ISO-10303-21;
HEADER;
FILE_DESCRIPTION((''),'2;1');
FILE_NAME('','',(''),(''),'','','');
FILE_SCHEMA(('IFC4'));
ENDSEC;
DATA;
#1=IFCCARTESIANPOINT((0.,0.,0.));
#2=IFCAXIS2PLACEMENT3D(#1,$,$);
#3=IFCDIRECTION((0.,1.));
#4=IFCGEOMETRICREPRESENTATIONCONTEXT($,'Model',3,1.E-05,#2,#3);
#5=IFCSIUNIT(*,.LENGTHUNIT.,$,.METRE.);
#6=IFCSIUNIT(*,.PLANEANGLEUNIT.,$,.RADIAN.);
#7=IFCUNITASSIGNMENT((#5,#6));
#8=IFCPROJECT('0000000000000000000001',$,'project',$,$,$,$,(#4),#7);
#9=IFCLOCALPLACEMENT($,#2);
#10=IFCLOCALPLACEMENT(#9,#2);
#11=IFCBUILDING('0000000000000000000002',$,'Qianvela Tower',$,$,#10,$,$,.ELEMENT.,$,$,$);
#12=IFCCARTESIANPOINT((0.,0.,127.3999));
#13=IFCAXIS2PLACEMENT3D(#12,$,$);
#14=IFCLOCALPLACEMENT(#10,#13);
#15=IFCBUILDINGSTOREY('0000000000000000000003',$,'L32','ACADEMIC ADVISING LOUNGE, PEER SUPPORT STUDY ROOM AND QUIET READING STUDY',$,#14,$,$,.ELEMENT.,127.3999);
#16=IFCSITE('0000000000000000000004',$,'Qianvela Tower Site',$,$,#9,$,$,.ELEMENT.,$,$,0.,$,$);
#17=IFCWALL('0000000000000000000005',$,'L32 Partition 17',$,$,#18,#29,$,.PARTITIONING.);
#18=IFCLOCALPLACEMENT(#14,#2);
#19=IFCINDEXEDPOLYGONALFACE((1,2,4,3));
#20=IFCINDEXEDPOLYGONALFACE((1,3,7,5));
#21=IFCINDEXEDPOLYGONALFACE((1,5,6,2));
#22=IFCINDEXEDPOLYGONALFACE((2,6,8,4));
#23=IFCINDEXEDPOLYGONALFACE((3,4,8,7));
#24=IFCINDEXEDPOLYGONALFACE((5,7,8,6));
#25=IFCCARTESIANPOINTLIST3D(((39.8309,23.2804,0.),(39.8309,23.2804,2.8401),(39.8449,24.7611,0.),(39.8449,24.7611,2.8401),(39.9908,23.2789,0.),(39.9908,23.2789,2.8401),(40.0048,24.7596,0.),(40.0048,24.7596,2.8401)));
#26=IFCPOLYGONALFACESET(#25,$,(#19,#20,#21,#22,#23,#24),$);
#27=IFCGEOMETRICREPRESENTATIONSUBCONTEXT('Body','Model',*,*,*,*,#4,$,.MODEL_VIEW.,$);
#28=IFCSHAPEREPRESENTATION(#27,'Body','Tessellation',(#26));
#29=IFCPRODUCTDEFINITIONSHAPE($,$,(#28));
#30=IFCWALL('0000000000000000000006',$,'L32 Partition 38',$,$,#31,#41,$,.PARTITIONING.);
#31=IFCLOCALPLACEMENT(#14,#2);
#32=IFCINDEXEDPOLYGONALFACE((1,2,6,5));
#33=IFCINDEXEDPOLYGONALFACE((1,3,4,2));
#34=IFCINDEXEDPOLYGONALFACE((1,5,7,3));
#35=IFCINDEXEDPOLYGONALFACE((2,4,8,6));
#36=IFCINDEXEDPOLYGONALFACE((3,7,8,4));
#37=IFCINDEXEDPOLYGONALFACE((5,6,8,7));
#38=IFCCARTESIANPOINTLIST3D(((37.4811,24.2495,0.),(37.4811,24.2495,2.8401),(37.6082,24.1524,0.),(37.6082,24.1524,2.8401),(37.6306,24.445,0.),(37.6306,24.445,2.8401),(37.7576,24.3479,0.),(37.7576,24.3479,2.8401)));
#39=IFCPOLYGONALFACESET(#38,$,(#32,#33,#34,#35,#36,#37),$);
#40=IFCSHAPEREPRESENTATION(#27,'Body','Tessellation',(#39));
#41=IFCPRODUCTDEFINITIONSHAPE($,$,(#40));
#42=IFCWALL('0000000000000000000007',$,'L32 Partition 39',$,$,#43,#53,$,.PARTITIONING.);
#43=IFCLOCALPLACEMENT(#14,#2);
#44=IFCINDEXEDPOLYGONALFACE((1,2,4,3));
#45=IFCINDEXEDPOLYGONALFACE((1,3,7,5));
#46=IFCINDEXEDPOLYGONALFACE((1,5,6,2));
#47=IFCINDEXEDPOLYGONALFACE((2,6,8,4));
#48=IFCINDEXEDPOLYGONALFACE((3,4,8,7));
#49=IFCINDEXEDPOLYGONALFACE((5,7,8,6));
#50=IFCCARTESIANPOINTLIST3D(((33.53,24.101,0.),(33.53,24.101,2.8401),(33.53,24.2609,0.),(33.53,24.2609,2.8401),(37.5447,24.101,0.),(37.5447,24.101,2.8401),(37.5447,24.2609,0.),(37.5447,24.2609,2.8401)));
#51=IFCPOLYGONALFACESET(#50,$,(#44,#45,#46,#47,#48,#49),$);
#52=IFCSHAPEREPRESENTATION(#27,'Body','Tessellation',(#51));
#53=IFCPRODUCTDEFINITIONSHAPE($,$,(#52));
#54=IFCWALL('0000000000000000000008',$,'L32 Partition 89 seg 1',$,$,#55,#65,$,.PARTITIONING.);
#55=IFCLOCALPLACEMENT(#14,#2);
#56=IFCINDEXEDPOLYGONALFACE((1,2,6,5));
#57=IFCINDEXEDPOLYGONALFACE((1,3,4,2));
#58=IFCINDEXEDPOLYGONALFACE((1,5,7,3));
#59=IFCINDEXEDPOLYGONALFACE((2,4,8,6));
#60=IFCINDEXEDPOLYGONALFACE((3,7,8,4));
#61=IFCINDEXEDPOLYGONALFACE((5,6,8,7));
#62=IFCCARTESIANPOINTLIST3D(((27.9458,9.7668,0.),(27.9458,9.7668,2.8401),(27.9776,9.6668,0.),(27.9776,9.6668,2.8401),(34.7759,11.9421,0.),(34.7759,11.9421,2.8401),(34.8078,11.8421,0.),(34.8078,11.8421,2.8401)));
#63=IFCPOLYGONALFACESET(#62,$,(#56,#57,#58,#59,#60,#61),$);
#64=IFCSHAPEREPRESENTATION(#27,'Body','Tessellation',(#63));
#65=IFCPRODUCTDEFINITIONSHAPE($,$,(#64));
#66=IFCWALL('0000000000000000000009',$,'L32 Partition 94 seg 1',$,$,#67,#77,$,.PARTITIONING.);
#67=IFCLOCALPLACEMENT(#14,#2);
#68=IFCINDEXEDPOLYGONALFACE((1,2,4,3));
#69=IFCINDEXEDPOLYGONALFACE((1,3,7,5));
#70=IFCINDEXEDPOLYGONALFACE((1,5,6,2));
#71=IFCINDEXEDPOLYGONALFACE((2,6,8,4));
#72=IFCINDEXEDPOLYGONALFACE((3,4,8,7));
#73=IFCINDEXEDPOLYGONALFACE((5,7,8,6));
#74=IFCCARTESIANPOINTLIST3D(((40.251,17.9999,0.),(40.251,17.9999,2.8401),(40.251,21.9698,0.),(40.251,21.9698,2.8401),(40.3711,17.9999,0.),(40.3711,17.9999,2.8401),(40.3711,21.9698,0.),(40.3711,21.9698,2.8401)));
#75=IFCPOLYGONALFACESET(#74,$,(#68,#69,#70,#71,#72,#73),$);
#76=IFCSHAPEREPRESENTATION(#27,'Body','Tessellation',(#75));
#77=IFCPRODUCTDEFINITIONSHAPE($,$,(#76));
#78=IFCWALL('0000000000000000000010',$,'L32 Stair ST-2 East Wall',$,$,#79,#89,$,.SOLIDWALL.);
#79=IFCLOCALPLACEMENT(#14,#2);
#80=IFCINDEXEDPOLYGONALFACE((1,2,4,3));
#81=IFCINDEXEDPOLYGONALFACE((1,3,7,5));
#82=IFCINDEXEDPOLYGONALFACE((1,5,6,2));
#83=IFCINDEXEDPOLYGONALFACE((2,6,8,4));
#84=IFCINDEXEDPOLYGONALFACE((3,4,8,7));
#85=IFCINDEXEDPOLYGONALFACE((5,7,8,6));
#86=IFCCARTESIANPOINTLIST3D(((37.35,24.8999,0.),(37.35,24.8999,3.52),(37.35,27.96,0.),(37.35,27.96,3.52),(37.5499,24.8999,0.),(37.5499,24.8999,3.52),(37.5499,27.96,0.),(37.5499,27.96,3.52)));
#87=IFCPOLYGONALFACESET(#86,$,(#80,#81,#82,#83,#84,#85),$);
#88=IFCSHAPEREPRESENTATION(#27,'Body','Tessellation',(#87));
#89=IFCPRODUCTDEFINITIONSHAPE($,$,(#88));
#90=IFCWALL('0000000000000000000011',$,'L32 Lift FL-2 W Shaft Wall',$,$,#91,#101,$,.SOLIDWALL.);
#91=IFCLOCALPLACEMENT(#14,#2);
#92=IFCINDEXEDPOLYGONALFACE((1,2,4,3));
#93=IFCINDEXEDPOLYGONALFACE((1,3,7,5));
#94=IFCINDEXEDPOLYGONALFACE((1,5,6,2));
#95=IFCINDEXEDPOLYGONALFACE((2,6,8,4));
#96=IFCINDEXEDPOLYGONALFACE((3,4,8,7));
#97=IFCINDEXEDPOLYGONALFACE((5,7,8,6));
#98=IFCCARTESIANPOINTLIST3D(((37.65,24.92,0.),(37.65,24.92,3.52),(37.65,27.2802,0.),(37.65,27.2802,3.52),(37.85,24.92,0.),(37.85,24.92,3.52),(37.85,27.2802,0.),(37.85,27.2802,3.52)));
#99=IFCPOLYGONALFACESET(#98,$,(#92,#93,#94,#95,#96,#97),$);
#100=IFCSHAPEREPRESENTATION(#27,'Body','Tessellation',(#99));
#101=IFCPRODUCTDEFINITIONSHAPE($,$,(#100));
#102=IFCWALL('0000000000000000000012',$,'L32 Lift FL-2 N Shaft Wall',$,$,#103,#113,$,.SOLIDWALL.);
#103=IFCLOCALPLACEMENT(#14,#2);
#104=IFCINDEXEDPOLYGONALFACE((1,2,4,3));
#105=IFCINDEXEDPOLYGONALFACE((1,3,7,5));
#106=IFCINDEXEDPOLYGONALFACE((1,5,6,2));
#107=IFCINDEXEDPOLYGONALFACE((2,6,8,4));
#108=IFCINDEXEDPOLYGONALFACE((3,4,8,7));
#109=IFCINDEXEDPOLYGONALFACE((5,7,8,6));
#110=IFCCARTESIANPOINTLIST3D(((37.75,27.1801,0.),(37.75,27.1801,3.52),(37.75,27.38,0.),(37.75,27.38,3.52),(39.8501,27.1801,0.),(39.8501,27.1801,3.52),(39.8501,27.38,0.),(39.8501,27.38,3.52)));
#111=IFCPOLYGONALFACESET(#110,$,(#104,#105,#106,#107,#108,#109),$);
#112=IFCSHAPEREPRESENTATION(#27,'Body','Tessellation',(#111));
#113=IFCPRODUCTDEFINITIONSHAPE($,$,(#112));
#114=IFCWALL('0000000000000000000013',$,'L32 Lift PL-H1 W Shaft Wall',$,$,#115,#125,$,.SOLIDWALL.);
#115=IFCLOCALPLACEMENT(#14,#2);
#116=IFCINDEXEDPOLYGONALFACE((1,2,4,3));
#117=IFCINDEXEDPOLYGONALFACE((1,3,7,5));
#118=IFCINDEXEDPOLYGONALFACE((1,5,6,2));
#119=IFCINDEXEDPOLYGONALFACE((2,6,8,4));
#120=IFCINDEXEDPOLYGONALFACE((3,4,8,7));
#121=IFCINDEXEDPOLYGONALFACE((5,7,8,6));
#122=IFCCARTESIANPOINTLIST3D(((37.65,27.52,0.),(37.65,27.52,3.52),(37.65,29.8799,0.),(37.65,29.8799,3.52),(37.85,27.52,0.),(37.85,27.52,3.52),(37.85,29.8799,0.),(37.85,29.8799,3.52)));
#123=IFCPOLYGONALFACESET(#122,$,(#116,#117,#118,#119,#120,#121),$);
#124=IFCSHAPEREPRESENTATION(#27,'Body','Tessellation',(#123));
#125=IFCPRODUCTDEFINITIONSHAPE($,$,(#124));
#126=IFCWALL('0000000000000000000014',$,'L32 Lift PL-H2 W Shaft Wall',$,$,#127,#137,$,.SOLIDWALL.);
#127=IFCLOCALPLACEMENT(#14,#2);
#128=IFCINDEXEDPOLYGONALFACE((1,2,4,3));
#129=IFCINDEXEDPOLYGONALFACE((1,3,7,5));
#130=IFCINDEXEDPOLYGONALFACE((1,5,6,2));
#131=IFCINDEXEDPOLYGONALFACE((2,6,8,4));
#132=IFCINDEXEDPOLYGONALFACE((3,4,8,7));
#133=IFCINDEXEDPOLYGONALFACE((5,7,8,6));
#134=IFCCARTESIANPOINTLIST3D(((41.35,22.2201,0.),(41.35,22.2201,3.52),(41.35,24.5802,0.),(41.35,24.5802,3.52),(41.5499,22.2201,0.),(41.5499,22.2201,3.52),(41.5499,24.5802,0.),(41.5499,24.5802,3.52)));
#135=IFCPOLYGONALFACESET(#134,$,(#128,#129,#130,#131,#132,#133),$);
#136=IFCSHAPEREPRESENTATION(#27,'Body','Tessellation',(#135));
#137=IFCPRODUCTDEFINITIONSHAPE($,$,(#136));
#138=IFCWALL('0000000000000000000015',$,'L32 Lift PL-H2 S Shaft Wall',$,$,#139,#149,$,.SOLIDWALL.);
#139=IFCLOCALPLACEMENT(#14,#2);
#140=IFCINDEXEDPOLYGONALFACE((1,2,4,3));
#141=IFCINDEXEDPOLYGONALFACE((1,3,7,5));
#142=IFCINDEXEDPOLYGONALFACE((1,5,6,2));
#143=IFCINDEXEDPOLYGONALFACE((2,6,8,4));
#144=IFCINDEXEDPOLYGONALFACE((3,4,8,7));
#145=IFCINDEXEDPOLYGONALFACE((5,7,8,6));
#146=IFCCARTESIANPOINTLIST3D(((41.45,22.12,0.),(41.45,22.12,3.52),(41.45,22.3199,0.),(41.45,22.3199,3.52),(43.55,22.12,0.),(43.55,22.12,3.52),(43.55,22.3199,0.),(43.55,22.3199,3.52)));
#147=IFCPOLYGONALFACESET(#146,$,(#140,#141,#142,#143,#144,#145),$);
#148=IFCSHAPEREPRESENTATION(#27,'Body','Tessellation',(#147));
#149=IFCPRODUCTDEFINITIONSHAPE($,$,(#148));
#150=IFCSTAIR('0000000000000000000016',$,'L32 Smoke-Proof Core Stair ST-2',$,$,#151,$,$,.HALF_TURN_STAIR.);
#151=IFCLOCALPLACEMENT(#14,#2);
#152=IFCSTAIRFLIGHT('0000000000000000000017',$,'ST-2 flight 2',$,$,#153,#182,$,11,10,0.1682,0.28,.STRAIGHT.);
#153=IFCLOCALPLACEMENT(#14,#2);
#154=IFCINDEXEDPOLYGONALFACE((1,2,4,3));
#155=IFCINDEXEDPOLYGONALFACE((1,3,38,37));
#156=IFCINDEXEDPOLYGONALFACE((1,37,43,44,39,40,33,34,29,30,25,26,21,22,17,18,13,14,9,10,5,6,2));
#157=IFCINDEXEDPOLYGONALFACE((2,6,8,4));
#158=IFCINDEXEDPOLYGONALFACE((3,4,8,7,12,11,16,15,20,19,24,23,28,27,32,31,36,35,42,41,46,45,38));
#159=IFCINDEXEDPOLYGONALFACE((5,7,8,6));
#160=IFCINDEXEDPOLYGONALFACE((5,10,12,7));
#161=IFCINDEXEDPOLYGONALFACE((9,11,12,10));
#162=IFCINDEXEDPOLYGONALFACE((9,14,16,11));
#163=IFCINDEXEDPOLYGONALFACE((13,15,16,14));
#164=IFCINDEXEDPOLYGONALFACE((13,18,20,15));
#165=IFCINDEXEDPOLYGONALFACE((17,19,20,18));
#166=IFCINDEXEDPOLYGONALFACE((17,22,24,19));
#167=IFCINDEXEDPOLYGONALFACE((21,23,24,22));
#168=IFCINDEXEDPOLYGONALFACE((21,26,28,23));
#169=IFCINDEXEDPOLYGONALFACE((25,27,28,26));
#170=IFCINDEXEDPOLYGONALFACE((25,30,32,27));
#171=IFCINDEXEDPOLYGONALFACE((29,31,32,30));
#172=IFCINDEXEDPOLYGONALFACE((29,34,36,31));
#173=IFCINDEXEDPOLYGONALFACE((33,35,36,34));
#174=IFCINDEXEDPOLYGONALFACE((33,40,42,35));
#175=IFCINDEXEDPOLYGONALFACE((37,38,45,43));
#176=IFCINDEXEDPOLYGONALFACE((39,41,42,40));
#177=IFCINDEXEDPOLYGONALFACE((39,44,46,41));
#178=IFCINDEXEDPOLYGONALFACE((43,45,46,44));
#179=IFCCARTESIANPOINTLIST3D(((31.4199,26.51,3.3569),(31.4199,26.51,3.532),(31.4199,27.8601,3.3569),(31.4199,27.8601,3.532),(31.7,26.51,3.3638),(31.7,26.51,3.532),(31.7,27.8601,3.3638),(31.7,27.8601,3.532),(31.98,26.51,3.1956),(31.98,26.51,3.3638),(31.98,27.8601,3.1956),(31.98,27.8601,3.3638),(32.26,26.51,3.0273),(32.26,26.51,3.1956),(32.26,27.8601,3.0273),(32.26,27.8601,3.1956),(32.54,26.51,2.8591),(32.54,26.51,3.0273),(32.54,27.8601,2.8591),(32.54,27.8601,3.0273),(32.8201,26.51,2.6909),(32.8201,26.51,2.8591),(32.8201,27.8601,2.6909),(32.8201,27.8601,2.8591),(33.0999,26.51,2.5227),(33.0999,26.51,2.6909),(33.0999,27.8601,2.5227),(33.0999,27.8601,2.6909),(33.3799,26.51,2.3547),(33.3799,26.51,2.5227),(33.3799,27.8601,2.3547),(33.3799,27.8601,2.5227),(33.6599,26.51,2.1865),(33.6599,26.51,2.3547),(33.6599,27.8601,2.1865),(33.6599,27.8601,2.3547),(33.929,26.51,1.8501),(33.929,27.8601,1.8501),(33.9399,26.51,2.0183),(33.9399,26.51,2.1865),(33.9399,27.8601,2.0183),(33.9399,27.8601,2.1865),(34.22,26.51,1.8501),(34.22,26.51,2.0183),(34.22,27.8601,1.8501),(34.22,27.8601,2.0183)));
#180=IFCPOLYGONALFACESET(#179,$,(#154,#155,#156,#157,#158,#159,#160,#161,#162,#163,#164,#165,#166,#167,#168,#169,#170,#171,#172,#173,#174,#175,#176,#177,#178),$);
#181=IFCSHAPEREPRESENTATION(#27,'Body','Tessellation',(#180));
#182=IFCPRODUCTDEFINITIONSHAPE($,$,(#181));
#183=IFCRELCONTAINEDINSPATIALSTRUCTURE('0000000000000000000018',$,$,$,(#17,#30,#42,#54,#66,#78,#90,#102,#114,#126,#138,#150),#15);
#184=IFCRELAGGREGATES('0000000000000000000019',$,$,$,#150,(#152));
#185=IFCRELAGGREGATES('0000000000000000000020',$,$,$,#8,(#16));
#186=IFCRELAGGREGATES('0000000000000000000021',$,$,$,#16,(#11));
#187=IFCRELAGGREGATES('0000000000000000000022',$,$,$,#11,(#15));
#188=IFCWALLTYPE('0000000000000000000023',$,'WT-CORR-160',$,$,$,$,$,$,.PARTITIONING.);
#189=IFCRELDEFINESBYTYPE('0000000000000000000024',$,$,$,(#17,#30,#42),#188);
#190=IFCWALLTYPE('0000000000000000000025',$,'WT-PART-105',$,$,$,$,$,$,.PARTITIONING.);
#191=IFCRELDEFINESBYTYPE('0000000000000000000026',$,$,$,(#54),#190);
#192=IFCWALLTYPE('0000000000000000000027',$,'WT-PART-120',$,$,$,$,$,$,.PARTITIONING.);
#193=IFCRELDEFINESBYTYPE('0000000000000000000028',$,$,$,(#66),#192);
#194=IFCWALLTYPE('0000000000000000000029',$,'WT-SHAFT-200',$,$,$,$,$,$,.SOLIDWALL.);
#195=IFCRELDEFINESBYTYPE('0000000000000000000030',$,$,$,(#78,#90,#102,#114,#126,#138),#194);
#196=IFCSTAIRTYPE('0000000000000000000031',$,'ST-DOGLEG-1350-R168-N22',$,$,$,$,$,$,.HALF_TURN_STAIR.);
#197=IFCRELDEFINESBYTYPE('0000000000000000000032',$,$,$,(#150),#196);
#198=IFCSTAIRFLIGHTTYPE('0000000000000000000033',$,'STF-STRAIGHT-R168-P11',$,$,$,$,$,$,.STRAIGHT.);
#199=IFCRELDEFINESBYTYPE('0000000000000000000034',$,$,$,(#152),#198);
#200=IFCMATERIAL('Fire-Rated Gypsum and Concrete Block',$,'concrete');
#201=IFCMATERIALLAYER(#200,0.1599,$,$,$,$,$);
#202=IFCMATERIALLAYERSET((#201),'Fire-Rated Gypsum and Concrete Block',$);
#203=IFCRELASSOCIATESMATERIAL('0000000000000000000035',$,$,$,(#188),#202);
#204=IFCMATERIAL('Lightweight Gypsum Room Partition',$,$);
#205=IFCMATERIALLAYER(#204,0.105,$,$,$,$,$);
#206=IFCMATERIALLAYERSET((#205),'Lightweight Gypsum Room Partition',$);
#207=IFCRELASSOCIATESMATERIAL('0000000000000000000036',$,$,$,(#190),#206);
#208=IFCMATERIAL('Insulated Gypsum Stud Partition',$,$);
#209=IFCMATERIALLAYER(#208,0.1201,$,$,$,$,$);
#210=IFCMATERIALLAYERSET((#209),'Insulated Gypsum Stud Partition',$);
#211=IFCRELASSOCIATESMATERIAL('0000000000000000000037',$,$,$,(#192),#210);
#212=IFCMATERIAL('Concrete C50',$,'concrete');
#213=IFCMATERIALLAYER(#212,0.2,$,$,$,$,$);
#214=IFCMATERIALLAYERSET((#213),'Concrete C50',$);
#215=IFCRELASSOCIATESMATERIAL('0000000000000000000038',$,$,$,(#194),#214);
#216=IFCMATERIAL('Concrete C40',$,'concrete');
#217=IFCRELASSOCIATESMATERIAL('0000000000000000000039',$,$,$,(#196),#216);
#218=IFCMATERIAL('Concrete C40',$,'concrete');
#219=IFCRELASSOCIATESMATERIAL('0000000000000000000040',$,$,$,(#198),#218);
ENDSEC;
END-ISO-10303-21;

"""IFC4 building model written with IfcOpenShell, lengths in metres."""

from ifc_helpers import new_model, si_unit, direction, frame, frame_2d, origin, place, context, subcontext, project, spatial, polyline, rectangle, outline, extrude, material, layer, layer_set, type_object, element, aggregate, save


model = new_model("IFC4")

# Units and contexts
model_context = context("Model", 3, precision=1e-05, world=origin(), true_north=direction((0.0, 1.0)))
body_context = subcontext(model_context, "Body", "Model", "MODEL_VIEW")
ifc_project = project(units=[si_unit("LENGTHUNIT", "METRE"), si_unit("PLANEANGLEUNIT", "RADIAN")], contexts=[model_context])

# Site, building, storey
site_placement = place(None, origin())
site = spatial("IfcSite", under=ifc_project, at=site_placement, Name="Qianvela Tower Site", CompositionType="ELEMENT", RefElevation=0.0)
building_placement = place(site_placement, origin())
building = spatial("IfcBuilding", under=site, at=building_placement, Name="Qianvela Tower", CompositionType="ELEMENT")
storey_placement = place(building_placement, frame((0.0, 0.0, 127.3999)))
storey = spatial("IfcBuildingStorey", under=building, at=storey_placement, Name="L32", Description="ACADEMIC ADVISING LOUNGE, PEER SUPPORT STUDY ROOM AND QUIET READING STUDY", CompositionType="ELEMENT", Elevation=127.3999)

# Walls
ifc_material_1 = material(Name="Fire-Rated Gypsum and Concrete Block", Category="concrete")
ifc_layer_1 = layer(ifc_material_1, 0.1599)
ifc_layer_set_1 = layer_set([ifc_layer_1], Name="Fire-Rated Gypsum and Concrete Block")
wall_type_1 = type_object("IfcWallType", Name="WT-CORR-160", PredefinedType="PARTITIONING", material=ifc_layer_set_1)
wall_1_placement = place(storey_placement, frame((39.9109, 23.2798, 0.0), z_axis=(0.0, 0.0, 1.0), x_axis=(0.009398, 0.999956, 0.0)))
element("IfcWall", 1, at=wall_1_placement, inside=storey, type_object=wall_type_1, Name="L32 Partition 17", PredefinedType="PARTITIONING", context=body_context, shape_type="SweptSolid", body=[
    extrude(rectangle(XDim=1.4807, YDim=0.1599, at=frame_2d((0.7402, 0.0))), origin(), (0.0, 0.0, 1.0), 2.8401),
])
wall_2_placement = place(storey_placement, frame((37.6941, 24.3965, 0.0), z_axis=(0.0, 0.0, 1.0), x_axis=(-0.607119, -0.794611, 0.0)))
element("IfcWall", 2, at=wall_2_placement, inside=storey, type_object=wall_type_1, Name="L32 Partition 38", PredefinedType="PARTITIONING", context=body_context, shape_type="SweptSolid", body=[
    extrude(rectangle(XDim=0.2461, YDim=0.1599, at=frame_2d((0.123, 0.0))), origin(), (0.0, 0.0, 1.0), 2.8401),
])
wall_3_placement = place(storey_placement, frame((37.5447, 24.1809, 0.0), z_axis=(0.0, 0.0, 1.0), x_axis=(-1.0, 0.0, 0.0)))
element("IfcWall", 3, at=wall_3_placement, inside=storey, type_object=wall_type_1, Name="L32 Partition 39", PredefinedType="PARTITIONING", context=body_context, shape_type="SweptSolid", body=[
    extrude(rectangle(XDim=4.0146, YDim=0.1599, at=frame_2d((2.0073, 0.0))), origin(), (0.0, 0.0, 1.0), 2.8401),
])
ifc_material_2 = material(Name="Lightweight Gypsum Room Partition")
ifc_layer_2 = layer(ifc_material_2, 0.105)
ifc_layer_set_2 = layer_set([ifc_layer_2], Name="Lightweight Gypsum Room Partition")
wall_type_2 = type_object("IfcWallType", Name="WT-PART-105", PredefinedType="PARTITIONING", material=ifc_layer_set_2)
wall_4_placement = place(storey_placement, frame((34.7917, 11.8921, 0.0), z_axis=(0.0, 0.0, 1.0), x_axis=(-0.952842, -0.303468, 0.0)))
element("IfcWall", 4, at=wall_4_placement, inside=storey, type_object=wall_type_2, Name="L32 Partition 89 seg 1", PredefinedType="PARTITIONING", context=body_context, shape_type="SweptSolid", body=[
    extrude(rectangle(XDim=7.1682, YDim=0.105, at=frame_2d((3.584, 0.0))), origin(), (0.0, 0.0, 1.0), 2.8401),
])
ifc_material_3 = material(Name="Insulated Gypsum Stud Partition")
ifc_layer_3 = layer(ifc_material_3, 0.1201)
ifc_layer_set_3 = layer_set([ifc_layer_3], Name="Insulated Gypsum Stud Partition")
wall_type_3 = type_object("IfcWallType", Name="WT-PART-120", PredefinedType="PARTITIONING", material=ifc_layer_set_3)
wall_5_placement = place(storey_placement, frame((40.311, 18.0, 0.0), z_axis=(0.0, 0.0, 1.0), x_axis=(0.0, 1.0, 0.0)))
element("IfcWall", 5, at=wall_5_placement, inside=storey, type_object=wall_type_3, Name="L32 Partition 94 seg 1", PredefinedType="PARTITIONING", context=body_context, shape_type="SweptSolid", body=[
    extrude(rectangle(XDim=3.97, YDim=0.1201, at=frame_2d((1.9849, 0.0))), origin(), (0.0, 0.0, 1.0), 2.8401),
])
ifc_material_4 = material(Name="Concrete C50", Category="concrete")
ifc_layer_4 = layer(ifc_material_4, 0.2)
ifc_layer_set_4 = layer_set([ifc_layer_4], Name="Concrete C50")
wall_type_4 = type_object("IfcWallType", Name="WT-SHAFT-200", PredefinedType="SOLIDWALL", material=ifc_layer_set_4)
wall_6_placement = place(storey_placement, frame((37.45, 24.8999, 0.0), z_axis=(0.0, 0.0, 1.0), x_axis=(0.0, 1.0, 0.0)))
element("IfcWall", 6, at=wall_6_placement, inside=storey, type_object=wall_type_4, Name="L32 Stair ST-2 East Wall", PredefinedType="SOLIDWALL", context=body_context, shape_type="SweptSolid", body=[
    extrude(rectangle(XDim=3.0601, YDim=0.2, at=frame_2d((1.53, 0.0))), origin(), (0.0, 0.0, 1.0), 3.52),
])

# Walls
wall_7_placement = place(storey_placement, frame((37.75, 24.9199, 0.0), z_axis=(0.0, 0.0, 1.0), x_axis=(0.0, 1.0, 0.0)))
element("IfcWall", 7, at=wall_7_placement, inside=storey, type_object=wall_type_4, Name="L32 Lift FL-2 W Shaft Wall", PredefinedType="SOLIDWALL", context=body_context, shape_type="SweptSolid", body=[
    extrude(rectangle(XDim=2.3601, YDim=0.2, at=frame_2d((1.1802, 0.0))), origin(), (0.0, 0.0, 1.0), 3.52),
])
wall_8_placement = place(storey_placement, frame((37.75, 27.28, 0.0), z_axis=(0.0, 0.0, 1.0), x_axis=(1.0, 0.0, 0.0)))
element("IfcWall", 8, at=wall_8_placement, inside=storey, type_object=wall_type_4, Name="L32 Lift FL-2 N Shaft Wall", PredefinedType="SOLIDWALL", context=body_context, shape_type="SweptSolid", body=[
    extrude(rectangle(XDim=2.1001, YDim=0.2, at=frame_2d((1.05, 0.0))), origin(), (0.0, 0.0, 1.0), 3.52),
])
wall_9_placement = place(storey_placement, frame((37.75, 27.52, 0.0), z_axis=(0.0, 0.0, 1.0), x_axis=(0.0, 1.0, 0.0)))
element("IfcWall", 9, at=wall_9_placement, inside=storey, type_object=wall_type_4, Name="L32 Lift PL-H1 W Shaft Wall", PredefinedType="SOLIDWALL", context=body_context, shape_type="SweptSolid", body=[
    extrude(rectangle(XDim=2.3599, YDim=0.2, at=frame_2d((1.1799, 0.0))), origin(), (0.0, 0.0, 1.0), 3.52),
])
wall_10_placement = place(storey_placement, frame((41.45, 22.22, 0.0), z_axis=(0.0, 0.0, 1.0), x_axis=(0.0, 1.0, 0.0)))
element("IfcWall", 10, at=wall_10_placement, inside=storey, type_object=wall_type_4, Name="L32 Lift PL-H2 W Shaft Wall", PredefinedType="SOLIDWALL", context=body_context, shape_type="SweptSolid", body=[
    extrude(rectangle(XDim=2.3601, YDim=0.2, at=frame_2d((1.1802, 0.0))), origin(), (0.0, 0.0, 1.0), 3.52),
])
wall_11_placement = place(storey_placement, frame((41.45, 22.22, 0.0), z_axis=(0.0, 0.0, 1.0), x_axis=(1.0, 0.0, 0.0)))
element("IfcWall", 11, at=wall_11_placement, inside=storey, type_object=wall_type_4, Name="L32 Lift PL-H2 S Shaft Wall", PredefinedType="SOLIDWALL", context=body_context, shape_type="SweptSolid", body=[
    extrude(rectangle(XDim=2.1001, YDim=0.2, at=frame_2d((1.05, 0.0))), origin(), (0.0, 0.0, 1.0), 3.52),
])

# Stair, stair flight
ifc_material_5 = material(Name="Concrete C40", Category="concrete")
stair_type = type_object("IfcStairType", Name="ST-DOGLEG-1350-R168-N22", PredefinedType="HALF_TURN_STAIR", material=ifc_material_5)
stair_placement = place(storey_placement, origin())
stair = element("IfcStair", 12, at=stair_placement, inside=storey, type_object=stair_type, Name="L32 Smoke-Proof Core Stair ST-2", PredefinedType="HALF_TURN_STAIR")
ifc_material_6 = material(Name="Concrete C40", Category="concrete")
stair_flight_type = type_object("IfcStairFlightType", Name="STF-STRAIGHT-R168-P11", PredefinedType="STRAIGHT", material=ifc_material_6)
stair_flight_placement = place(storey_placement, frame((34.22, 27.1851, 1.8501), z_axis=(0.0, 0.0, 1.0), x_axis=(-1.0, 0.0, 0.0)))
stair_flight = element("IfcStairFlight", 13, at=stair_flight_placement, type_object=stair_flight_type, Name="ST-2 flight 2", NumberOfRisers=11, NumberOfTreads=10, PredefinedType="STRAIGHT", RiserHeight=0.1682, TreadLength=0.28, context=body_context, shape_type="SweptSolid", body=[
    extrude(outline(polyline([(0.0, 0.0), (0.0, 0.1682), (0.28, 0.1682), (0.28, 0.3364), (0.5601, 0.3364), (0.5601, 0.5046), (0.8401, 0.5046), (0.8401, 0.6726), (1.1201, 0.6726), (1.1201, 0.8408), (1.3999, 0.8408), (1.3999, 1.009), (1.6799, 1.009), (1.6799, 1.1772), (1.96, 1.1772), (1.96, 1.3455), (2.24, 1.3455), (2.24, 1.5137), (2.52, 1.5137), (2.52, 1.6819), (2.8, 1.6819), (2.8, 1.8501), (2.8, 1.5068), (0.291, 0.0), (0.0, 0.0)])), frame((0.0, 0.675, 0.0), z_axis=(0.0, -1.0, 0.0), x_axis=(1.0, 0.0, 0.0)), (0.0, 0.0, 1.0), 1.3501),
])
aggregate(stair, [stair_flight])

save(model, "model.ifc")
